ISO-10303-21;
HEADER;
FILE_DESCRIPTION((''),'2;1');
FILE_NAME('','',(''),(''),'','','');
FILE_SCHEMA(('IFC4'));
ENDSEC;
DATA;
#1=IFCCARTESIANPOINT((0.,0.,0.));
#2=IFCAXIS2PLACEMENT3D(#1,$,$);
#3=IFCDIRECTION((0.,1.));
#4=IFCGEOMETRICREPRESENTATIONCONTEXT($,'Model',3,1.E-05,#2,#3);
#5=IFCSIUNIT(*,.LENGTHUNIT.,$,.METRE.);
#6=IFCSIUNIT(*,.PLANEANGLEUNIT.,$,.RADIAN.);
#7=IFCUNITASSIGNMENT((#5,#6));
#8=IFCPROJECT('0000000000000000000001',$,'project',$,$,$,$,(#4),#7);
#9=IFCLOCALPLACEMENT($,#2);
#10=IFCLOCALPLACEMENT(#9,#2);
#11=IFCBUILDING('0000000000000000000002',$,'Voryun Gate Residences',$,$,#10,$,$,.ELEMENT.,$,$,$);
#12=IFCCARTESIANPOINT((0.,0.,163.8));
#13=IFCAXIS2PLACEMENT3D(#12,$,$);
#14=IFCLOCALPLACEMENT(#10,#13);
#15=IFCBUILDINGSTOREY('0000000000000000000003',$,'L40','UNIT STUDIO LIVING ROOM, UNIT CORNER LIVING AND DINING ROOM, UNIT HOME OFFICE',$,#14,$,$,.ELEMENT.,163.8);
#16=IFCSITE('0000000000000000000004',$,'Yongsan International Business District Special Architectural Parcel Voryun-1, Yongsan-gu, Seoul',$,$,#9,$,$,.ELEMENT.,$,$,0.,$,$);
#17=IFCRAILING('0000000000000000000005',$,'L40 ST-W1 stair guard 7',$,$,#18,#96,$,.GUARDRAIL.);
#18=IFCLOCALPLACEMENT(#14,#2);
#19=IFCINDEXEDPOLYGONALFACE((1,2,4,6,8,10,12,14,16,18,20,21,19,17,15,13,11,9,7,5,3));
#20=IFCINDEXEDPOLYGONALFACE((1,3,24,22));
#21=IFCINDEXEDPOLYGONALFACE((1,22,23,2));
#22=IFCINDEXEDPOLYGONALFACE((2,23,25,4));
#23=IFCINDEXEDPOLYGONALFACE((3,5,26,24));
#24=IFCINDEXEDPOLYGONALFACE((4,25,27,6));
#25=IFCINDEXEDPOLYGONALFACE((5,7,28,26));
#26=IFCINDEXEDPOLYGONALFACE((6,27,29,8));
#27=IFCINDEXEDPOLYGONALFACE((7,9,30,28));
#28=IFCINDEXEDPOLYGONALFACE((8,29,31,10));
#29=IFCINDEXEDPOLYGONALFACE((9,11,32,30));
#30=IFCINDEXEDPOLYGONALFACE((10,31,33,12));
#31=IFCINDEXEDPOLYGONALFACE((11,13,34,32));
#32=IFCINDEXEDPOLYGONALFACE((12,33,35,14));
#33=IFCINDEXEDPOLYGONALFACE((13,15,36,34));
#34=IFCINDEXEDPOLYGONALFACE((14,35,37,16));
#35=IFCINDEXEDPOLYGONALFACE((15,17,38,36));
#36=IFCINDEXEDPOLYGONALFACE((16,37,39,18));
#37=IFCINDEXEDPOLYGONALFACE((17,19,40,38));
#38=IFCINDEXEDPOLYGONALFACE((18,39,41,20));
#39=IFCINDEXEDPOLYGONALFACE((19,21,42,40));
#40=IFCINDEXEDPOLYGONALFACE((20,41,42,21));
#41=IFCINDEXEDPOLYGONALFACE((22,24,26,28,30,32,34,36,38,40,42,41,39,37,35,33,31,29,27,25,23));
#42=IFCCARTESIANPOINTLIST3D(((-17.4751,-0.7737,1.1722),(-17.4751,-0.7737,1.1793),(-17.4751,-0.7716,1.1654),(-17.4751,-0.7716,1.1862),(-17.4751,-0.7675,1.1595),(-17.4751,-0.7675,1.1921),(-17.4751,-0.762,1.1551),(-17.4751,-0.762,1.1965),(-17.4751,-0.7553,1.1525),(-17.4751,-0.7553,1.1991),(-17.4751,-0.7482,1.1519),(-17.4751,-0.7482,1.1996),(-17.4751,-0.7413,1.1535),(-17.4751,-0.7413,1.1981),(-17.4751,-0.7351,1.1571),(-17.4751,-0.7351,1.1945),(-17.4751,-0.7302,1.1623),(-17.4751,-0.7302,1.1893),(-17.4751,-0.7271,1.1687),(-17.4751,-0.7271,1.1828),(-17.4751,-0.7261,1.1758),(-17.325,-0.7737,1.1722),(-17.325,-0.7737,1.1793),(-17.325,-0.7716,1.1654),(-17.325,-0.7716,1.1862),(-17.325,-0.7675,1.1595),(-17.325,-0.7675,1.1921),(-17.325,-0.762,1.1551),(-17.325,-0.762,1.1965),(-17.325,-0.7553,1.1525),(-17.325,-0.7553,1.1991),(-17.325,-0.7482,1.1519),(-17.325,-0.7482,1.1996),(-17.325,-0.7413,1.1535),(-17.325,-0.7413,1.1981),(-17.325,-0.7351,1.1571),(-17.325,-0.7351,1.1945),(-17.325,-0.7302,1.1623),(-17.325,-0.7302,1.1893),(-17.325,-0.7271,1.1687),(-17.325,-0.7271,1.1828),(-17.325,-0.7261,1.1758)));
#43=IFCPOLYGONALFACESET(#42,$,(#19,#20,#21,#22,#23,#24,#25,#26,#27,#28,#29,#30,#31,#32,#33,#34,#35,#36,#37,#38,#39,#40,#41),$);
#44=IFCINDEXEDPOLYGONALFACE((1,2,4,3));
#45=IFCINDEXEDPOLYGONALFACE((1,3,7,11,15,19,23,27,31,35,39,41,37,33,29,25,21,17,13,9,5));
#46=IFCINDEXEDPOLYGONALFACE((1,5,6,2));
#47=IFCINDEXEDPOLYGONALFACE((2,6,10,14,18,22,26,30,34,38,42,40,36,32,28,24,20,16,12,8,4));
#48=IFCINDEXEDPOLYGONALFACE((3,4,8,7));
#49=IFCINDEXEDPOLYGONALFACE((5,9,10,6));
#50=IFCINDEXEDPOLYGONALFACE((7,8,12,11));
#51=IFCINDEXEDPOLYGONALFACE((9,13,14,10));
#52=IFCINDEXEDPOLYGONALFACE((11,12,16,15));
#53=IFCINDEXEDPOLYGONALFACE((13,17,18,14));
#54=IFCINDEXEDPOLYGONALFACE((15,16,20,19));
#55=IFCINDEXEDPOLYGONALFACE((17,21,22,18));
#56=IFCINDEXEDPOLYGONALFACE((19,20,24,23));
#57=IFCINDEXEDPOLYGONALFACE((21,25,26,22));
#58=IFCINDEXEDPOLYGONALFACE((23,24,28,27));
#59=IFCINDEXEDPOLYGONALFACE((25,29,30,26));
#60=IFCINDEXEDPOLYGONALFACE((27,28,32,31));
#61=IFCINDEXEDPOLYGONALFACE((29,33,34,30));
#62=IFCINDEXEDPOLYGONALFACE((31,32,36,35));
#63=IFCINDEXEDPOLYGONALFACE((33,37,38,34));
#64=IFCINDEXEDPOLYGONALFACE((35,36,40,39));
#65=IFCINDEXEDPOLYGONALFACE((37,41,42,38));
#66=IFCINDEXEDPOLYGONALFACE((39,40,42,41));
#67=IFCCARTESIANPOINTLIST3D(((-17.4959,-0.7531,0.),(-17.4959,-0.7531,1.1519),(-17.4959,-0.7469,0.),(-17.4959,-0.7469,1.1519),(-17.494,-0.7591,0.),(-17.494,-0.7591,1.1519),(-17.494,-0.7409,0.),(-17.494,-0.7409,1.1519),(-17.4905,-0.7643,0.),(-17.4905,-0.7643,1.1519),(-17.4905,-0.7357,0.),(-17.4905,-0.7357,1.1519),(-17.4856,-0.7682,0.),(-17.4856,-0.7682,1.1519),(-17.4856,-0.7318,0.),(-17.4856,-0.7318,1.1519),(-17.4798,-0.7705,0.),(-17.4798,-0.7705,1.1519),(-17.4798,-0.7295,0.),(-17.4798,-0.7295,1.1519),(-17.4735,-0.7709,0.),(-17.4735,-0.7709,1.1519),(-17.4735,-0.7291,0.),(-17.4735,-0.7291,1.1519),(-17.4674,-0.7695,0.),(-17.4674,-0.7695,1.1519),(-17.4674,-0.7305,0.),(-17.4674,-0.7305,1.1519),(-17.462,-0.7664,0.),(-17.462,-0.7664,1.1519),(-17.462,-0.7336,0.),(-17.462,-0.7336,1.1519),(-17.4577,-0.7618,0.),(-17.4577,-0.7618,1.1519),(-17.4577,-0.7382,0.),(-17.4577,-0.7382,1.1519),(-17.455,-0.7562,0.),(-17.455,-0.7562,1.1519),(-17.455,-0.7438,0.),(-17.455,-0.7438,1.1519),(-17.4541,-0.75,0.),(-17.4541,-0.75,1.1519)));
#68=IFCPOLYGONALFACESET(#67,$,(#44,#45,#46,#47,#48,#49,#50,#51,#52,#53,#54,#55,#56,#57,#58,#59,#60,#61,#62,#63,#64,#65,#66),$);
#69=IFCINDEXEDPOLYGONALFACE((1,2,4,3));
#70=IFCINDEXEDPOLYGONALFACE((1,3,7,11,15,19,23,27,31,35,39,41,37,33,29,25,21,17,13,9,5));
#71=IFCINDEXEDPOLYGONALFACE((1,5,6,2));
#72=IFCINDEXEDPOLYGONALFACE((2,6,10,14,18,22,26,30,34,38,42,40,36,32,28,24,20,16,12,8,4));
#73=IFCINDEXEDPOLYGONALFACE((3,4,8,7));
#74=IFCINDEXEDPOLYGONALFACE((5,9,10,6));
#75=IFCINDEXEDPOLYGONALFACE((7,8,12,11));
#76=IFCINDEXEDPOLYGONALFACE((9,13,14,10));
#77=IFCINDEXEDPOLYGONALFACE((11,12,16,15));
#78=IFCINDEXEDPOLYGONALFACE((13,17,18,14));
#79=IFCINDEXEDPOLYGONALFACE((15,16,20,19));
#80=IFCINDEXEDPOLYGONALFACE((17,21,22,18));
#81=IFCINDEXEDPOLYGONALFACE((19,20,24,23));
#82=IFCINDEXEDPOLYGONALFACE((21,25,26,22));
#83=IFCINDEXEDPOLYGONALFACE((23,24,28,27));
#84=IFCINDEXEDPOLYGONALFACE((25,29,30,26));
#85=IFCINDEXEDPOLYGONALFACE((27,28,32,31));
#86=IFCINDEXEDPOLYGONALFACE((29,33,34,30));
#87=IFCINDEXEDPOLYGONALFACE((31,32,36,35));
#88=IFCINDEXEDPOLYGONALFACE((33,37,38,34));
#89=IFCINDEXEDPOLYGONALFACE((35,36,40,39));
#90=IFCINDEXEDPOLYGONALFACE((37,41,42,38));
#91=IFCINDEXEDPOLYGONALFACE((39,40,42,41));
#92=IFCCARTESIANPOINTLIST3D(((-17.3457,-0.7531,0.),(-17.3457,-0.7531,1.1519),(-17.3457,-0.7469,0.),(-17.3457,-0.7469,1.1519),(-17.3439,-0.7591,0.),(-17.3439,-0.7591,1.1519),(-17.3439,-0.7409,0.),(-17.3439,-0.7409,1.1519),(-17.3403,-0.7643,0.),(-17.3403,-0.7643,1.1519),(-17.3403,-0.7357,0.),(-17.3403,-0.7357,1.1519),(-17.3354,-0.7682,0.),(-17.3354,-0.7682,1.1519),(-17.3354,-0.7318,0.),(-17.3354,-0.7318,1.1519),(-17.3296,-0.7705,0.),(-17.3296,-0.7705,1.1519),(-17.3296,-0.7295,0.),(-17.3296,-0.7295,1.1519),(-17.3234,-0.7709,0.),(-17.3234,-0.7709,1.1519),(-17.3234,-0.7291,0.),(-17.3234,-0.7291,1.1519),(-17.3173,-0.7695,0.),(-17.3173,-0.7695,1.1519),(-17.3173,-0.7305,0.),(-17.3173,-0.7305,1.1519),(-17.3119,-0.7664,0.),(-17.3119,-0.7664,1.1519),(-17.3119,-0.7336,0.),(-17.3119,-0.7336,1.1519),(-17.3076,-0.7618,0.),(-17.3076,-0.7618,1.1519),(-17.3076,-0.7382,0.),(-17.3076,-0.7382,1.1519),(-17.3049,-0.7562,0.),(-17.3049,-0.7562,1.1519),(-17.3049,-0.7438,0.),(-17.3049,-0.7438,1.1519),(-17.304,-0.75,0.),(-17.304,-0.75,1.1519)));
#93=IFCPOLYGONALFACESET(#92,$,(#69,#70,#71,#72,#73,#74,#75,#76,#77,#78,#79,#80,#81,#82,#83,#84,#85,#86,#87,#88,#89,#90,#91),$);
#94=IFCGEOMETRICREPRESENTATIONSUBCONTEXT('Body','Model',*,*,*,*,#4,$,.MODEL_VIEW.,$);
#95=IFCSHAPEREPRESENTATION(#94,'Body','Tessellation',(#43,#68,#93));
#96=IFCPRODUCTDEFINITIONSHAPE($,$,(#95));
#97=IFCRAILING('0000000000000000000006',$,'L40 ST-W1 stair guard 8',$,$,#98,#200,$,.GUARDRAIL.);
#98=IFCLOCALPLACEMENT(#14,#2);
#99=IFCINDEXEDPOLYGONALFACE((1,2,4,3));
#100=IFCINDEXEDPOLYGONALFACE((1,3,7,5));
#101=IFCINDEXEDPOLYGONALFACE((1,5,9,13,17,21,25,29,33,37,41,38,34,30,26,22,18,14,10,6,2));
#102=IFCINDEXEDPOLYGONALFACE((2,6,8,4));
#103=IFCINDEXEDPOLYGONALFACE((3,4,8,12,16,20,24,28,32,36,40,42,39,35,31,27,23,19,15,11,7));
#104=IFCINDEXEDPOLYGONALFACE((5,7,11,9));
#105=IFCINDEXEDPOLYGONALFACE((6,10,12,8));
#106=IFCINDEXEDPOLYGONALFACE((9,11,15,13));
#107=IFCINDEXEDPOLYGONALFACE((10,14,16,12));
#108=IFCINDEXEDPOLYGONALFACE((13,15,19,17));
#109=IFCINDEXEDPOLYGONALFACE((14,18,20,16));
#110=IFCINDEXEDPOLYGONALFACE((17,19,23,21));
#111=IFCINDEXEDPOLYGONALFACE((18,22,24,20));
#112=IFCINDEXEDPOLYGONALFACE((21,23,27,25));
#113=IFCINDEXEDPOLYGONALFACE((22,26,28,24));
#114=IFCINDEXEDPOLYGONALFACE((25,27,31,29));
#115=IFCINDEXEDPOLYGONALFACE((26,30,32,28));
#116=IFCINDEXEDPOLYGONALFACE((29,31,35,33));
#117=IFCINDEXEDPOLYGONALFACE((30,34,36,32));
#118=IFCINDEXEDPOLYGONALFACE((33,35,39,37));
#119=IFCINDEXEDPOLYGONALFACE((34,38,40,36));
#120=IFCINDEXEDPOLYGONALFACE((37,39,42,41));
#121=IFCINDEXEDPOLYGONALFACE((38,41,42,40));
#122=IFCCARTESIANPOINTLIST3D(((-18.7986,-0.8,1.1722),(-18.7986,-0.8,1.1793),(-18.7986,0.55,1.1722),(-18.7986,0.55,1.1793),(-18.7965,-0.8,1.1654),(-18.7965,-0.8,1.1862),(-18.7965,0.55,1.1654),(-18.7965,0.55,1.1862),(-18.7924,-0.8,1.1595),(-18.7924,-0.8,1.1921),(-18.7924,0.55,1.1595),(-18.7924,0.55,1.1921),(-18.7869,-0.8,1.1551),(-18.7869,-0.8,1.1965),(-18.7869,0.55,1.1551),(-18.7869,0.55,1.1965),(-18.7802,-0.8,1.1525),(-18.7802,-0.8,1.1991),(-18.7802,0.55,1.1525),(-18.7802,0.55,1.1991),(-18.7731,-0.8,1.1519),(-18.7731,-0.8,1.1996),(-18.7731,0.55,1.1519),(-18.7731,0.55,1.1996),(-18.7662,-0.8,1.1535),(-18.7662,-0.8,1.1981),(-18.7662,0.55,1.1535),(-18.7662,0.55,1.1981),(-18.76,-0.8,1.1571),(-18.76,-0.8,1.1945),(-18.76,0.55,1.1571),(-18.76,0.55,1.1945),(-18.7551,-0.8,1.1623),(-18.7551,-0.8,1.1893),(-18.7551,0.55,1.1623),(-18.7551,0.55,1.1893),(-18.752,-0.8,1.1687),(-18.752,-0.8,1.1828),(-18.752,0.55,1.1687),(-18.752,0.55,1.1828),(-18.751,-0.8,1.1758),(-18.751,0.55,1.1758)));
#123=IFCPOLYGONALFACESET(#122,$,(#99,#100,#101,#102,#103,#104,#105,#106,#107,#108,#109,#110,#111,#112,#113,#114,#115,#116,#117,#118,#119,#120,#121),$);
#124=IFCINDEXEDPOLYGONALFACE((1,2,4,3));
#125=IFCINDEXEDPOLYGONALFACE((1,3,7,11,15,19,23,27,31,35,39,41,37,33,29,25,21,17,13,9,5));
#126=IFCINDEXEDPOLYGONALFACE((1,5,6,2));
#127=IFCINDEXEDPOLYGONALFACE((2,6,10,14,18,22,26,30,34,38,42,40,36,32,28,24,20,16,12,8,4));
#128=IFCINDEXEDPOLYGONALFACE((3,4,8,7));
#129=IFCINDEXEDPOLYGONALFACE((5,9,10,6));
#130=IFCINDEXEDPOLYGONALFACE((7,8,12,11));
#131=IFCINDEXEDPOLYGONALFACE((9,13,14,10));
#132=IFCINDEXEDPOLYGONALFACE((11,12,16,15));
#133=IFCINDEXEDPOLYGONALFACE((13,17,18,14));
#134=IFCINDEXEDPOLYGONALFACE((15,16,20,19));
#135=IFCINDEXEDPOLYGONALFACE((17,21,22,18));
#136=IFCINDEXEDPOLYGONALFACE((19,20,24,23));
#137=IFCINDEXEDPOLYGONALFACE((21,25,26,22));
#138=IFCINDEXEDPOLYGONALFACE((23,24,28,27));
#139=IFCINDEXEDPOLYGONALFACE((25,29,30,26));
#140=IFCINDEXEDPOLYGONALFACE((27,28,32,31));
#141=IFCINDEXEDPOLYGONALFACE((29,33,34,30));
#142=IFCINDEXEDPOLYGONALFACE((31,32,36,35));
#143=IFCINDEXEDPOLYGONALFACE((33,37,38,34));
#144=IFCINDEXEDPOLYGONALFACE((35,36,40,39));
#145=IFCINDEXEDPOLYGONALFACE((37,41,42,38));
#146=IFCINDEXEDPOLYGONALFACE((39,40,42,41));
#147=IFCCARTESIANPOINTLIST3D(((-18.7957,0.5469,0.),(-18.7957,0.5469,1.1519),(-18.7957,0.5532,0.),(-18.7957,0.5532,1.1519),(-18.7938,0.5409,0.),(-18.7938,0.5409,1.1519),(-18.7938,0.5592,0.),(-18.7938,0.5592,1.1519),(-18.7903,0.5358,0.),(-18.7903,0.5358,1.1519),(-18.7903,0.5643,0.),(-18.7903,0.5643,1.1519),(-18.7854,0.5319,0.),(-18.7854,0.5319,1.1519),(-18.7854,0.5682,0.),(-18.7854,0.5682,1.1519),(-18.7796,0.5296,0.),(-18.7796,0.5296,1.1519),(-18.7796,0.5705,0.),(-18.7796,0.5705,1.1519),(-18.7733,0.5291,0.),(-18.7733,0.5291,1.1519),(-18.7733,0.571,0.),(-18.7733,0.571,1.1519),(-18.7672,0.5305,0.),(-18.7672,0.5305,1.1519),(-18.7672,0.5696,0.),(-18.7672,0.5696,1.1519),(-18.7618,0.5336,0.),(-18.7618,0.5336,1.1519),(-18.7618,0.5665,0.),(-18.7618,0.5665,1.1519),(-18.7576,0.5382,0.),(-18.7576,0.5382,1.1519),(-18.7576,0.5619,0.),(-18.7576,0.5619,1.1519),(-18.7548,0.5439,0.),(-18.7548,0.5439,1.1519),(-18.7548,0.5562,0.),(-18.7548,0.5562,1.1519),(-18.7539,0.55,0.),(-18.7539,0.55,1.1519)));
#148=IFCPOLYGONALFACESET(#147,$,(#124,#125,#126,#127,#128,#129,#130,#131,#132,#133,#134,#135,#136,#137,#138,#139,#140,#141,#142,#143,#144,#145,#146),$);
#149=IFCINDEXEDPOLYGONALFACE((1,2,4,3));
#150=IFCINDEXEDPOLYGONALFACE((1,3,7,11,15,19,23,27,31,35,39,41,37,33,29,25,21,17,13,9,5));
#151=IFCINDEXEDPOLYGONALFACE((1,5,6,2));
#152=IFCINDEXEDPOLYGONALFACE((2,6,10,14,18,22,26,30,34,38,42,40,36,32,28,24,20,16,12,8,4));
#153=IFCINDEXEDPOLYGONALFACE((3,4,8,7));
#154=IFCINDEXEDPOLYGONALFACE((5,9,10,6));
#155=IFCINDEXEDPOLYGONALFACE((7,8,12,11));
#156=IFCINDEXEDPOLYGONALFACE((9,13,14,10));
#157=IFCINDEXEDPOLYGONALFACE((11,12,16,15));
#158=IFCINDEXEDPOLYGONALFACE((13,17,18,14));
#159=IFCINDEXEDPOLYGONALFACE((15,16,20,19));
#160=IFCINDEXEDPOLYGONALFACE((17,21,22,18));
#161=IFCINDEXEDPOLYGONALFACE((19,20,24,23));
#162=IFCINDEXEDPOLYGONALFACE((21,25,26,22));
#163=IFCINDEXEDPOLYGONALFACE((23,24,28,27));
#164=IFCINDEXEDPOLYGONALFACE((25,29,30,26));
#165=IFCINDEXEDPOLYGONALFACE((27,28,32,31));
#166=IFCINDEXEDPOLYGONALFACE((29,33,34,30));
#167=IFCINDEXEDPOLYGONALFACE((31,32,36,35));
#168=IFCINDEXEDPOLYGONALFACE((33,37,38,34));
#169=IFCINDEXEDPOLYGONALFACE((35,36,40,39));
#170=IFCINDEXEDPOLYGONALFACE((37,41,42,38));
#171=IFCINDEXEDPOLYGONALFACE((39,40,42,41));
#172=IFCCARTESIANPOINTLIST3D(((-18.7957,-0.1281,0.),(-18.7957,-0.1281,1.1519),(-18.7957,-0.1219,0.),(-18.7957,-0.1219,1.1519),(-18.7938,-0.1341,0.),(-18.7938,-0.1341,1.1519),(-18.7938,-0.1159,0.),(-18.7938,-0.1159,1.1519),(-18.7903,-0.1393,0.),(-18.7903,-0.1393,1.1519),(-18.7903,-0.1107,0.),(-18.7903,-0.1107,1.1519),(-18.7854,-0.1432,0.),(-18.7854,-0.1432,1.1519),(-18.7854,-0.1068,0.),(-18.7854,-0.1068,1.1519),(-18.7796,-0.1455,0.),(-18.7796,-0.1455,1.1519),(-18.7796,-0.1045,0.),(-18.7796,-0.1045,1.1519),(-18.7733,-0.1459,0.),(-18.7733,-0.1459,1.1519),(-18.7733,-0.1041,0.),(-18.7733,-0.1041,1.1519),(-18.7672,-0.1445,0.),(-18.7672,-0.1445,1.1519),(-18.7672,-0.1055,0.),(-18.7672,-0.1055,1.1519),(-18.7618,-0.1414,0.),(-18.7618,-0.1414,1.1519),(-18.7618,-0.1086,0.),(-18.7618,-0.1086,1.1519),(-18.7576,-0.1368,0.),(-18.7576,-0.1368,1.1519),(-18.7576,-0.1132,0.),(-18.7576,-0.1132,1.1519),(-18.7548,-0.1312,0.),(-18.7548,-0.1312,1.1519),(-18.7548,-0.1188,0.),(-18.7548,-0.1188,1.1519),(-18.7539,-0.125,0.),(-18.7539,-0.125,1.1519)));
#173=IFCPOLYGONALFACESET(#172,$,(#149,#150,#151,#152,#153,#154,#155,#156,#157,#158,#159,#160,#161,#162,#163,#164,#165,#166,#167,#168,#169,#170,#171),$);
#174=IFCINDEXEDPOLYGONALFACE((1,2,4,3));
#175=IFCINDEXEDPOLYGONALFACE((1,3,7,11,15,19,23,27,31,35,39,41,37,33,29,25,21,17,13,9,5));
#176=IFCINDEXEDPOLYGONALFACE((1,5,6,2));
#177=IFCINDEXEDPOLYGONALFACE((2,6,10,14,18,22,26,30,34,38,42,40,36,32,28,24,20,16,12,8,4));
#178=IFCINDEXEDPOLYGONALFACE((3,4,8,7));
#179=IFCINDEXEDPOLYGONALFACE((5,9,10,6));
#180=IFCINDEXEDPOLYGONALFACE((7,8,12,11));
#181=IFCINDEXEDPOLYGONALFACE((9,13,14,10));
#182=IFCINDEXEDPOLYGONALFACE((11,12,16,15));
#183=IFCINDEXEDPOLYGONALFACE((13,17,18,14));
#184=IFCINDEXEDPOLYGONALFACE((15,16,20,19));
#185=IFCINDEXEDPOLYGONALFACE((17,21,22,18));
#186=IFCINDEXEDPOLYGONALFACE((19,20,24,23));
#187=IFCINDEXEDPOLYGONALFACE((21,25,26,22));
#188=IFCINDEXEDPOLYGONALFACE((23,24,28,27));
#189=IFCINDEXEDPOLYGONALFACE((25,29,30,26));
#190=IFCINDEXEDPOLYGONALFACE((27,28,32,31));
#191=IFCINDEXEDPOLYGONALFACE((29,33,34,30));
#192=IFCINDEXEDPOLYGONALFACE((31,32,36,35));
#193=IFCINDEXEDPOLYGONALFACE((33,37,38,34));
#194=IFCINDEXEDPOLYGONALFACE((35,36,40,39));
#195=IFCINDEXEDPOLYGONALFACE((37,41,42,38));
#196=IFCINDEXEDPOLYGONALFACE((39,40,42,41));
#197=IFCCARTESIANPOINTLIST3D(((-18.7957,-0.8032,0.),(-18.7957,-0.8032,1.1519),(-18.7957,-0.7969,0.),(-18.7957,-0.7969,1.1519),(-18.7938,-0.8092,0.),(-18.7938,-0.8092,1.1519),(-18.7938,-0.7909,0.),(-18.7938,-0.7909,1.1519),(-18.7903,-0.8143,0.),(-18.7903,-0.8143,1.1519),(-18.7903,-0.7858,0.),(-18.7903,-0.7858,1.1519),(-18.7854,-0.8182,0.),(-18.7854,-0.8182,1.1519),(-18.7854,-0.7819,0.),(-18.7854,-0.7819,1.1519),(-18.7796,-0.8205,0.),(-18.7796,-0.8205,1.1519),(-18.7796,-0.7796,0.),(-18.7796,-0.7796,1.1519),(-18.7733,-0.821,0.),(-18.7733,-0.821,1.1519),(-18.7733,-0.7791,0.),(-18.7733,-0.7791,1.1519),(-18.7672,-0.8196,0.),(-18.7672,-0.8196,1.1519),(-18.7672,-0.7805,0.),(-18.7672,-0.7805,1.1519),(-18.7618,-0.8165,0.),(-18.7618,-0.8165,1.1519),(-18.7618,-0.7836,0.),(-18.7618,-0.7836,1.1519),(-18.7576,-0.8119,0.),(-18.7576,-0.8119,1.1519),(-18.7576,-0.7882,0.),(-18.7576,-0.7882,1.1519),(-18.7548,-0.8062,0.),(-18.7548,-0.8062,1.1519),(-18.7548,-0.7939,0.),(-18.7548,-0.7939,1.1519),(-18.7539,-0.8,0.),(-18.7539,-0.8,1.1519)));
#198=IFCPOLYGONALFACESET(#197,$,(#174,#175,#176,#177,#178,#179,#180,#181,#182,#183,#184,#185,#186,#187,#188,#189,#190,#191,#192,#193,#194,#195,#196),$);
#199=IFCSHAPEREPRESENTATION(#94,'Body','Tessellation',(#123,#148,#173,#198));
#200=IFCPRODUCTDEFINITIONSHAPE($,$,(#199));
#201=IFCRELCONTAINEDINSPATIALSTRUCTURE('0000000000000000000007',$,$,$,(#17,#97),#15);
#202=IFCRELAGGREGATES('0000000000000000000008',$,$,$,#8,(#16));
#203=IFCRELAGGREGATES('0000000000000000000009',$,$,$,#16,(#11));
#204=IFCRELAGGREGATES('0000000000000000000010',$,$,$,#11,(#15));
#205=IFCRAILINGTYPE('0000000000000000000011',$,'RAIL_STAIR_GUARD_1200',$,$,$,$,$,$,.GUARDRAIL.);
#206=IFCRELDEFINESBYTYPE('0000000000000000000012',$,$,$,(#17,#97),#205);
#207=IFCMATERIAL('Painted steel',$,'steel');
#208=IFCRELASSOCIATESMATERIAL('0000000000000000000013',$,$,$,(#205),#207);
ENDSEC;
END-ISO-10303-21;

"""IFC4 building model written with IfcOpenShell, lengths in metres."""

from ifc_helpers import new_model, si_unit, direction, frame, origin, origin_2d, place, context, subcontext, project, spatial, circle, extrude, material, type_object, element, save


model = new_model("IFC4")

# Units and contexts
model_context = context("Model", 3, precision=1e-05, world=origin(), true_north=direction((0.0, 1.0)))
body_context = subcontext(model_context, "Body", "Model", "MODEL_VIEW")
ifc_project = project(units=[si_unit("LENGTHUNIT", "METRE"), si_unit("PLANEANGLEUNIT", "RADIAN")], contexts=[model_context])

# Site, building, storey
site_placement = place(None, origin())
site = spatial("IfcSite", under=ifc_project, at=site_placement, Name="Yongsan International Business District Special Architectural Parcel Voryun-1, Yongsan-gu, Seoul", CompositionType="ELEMENT", RefElevation=0.0)
building_placement = place(site_placement, origin())
building = spatial("IfcBuilding", under=site, at=building_placement, Name="Voryun Gate Residences", CompositionType="ELEMENT")
storey_placement = place(building_placement, frame((0.0, 0.0, 163.8)))
storey = spatial("IfcBuildingStorey", under=building, at=storey_placement, Name="L40", Description="UNIT STUDIO LIVING ROOM, UNIT CORNER LIVING AND DINING ROOM, UNIT HOME OFFICE", CompositionType="ELEMENT", Elevation=163.8)

# Railings
ifc_material_1 = material(Name="Painted steel", Category="steel")
railing_type_1 = type_object("IfcRailingType", Name="RAIL_STAIR_GUARD_1200", PredefinedType="GUARDRAIL", material=ifc_material_1)
railing_1_placement = place(storey_placement, frame((-17.4751, -0.75, 0.0)))
element("IfcRailing", 1, at=railing_1_placement, inside=storey, type_object=railing_type_1, Name="L40 ST-W1 stair guard 7", PredefinedType="GUARDRAIL", context=body_context, shape_type="SweptSolid", body=[
    extrude(circle(Radius=0.0239, at=origin_2d()), frame((0.0, 0.0, 1.1758), z_axis=(1.0, 0.0, 0.0), x_axis=(0.0, 1.0, 0.0)), (0.0, 0.0, 1.0), 0.1501),
    extrude(circle(Radius=0.021, at=origin_2d()), origin(), (0.0, 0.0, 1.0), 1.1519),
    extrude(circle(Radius=0.021, at=origin_2d()), frame((0.1501, 0.0, 0.0)), (0.0, 0.0, 1.0), 1.1519),
])
railing_2_placement = place(storey_placement, frame((-18.7749, 0.55, 0.0)))
element("IfcRailing", 2, at=railing_2_placement, inside=storey, type_object=railing_type_1, Name="L40 ST-W1 stair guard 8", PredefinedType="GUARDRAIL", context=body_context, shape_type="SweptSolid", body=[
    extrude(circle(Radius=0.0239, at=origin_2d()), frame((0.0, 0.0, 1.1758), z_axis=(0.0, -1.0, 0.0), x_axis=(1.0, 0.0, 0.0)), (0.0, 0.0, 1.0), 1.3501),
    extrude(circle(Radius=0.021, at=origin_2d()), origin(), (0.0, 0.0, 1.0), 1.1519),
    extrude(circle(Radius=0.021, at=origin_2d()), frame((0.0, -0.675, 0.0)), (0.0, 0.0, 1.0), 1.1519),
    extrude(circle(Radius=0.021, at=origin_2d()), frame((0.0, -1.3501, 0.0)), (0.0, 0.0, 1.0), 1.1519),
])

save(model, "model.ifc")
